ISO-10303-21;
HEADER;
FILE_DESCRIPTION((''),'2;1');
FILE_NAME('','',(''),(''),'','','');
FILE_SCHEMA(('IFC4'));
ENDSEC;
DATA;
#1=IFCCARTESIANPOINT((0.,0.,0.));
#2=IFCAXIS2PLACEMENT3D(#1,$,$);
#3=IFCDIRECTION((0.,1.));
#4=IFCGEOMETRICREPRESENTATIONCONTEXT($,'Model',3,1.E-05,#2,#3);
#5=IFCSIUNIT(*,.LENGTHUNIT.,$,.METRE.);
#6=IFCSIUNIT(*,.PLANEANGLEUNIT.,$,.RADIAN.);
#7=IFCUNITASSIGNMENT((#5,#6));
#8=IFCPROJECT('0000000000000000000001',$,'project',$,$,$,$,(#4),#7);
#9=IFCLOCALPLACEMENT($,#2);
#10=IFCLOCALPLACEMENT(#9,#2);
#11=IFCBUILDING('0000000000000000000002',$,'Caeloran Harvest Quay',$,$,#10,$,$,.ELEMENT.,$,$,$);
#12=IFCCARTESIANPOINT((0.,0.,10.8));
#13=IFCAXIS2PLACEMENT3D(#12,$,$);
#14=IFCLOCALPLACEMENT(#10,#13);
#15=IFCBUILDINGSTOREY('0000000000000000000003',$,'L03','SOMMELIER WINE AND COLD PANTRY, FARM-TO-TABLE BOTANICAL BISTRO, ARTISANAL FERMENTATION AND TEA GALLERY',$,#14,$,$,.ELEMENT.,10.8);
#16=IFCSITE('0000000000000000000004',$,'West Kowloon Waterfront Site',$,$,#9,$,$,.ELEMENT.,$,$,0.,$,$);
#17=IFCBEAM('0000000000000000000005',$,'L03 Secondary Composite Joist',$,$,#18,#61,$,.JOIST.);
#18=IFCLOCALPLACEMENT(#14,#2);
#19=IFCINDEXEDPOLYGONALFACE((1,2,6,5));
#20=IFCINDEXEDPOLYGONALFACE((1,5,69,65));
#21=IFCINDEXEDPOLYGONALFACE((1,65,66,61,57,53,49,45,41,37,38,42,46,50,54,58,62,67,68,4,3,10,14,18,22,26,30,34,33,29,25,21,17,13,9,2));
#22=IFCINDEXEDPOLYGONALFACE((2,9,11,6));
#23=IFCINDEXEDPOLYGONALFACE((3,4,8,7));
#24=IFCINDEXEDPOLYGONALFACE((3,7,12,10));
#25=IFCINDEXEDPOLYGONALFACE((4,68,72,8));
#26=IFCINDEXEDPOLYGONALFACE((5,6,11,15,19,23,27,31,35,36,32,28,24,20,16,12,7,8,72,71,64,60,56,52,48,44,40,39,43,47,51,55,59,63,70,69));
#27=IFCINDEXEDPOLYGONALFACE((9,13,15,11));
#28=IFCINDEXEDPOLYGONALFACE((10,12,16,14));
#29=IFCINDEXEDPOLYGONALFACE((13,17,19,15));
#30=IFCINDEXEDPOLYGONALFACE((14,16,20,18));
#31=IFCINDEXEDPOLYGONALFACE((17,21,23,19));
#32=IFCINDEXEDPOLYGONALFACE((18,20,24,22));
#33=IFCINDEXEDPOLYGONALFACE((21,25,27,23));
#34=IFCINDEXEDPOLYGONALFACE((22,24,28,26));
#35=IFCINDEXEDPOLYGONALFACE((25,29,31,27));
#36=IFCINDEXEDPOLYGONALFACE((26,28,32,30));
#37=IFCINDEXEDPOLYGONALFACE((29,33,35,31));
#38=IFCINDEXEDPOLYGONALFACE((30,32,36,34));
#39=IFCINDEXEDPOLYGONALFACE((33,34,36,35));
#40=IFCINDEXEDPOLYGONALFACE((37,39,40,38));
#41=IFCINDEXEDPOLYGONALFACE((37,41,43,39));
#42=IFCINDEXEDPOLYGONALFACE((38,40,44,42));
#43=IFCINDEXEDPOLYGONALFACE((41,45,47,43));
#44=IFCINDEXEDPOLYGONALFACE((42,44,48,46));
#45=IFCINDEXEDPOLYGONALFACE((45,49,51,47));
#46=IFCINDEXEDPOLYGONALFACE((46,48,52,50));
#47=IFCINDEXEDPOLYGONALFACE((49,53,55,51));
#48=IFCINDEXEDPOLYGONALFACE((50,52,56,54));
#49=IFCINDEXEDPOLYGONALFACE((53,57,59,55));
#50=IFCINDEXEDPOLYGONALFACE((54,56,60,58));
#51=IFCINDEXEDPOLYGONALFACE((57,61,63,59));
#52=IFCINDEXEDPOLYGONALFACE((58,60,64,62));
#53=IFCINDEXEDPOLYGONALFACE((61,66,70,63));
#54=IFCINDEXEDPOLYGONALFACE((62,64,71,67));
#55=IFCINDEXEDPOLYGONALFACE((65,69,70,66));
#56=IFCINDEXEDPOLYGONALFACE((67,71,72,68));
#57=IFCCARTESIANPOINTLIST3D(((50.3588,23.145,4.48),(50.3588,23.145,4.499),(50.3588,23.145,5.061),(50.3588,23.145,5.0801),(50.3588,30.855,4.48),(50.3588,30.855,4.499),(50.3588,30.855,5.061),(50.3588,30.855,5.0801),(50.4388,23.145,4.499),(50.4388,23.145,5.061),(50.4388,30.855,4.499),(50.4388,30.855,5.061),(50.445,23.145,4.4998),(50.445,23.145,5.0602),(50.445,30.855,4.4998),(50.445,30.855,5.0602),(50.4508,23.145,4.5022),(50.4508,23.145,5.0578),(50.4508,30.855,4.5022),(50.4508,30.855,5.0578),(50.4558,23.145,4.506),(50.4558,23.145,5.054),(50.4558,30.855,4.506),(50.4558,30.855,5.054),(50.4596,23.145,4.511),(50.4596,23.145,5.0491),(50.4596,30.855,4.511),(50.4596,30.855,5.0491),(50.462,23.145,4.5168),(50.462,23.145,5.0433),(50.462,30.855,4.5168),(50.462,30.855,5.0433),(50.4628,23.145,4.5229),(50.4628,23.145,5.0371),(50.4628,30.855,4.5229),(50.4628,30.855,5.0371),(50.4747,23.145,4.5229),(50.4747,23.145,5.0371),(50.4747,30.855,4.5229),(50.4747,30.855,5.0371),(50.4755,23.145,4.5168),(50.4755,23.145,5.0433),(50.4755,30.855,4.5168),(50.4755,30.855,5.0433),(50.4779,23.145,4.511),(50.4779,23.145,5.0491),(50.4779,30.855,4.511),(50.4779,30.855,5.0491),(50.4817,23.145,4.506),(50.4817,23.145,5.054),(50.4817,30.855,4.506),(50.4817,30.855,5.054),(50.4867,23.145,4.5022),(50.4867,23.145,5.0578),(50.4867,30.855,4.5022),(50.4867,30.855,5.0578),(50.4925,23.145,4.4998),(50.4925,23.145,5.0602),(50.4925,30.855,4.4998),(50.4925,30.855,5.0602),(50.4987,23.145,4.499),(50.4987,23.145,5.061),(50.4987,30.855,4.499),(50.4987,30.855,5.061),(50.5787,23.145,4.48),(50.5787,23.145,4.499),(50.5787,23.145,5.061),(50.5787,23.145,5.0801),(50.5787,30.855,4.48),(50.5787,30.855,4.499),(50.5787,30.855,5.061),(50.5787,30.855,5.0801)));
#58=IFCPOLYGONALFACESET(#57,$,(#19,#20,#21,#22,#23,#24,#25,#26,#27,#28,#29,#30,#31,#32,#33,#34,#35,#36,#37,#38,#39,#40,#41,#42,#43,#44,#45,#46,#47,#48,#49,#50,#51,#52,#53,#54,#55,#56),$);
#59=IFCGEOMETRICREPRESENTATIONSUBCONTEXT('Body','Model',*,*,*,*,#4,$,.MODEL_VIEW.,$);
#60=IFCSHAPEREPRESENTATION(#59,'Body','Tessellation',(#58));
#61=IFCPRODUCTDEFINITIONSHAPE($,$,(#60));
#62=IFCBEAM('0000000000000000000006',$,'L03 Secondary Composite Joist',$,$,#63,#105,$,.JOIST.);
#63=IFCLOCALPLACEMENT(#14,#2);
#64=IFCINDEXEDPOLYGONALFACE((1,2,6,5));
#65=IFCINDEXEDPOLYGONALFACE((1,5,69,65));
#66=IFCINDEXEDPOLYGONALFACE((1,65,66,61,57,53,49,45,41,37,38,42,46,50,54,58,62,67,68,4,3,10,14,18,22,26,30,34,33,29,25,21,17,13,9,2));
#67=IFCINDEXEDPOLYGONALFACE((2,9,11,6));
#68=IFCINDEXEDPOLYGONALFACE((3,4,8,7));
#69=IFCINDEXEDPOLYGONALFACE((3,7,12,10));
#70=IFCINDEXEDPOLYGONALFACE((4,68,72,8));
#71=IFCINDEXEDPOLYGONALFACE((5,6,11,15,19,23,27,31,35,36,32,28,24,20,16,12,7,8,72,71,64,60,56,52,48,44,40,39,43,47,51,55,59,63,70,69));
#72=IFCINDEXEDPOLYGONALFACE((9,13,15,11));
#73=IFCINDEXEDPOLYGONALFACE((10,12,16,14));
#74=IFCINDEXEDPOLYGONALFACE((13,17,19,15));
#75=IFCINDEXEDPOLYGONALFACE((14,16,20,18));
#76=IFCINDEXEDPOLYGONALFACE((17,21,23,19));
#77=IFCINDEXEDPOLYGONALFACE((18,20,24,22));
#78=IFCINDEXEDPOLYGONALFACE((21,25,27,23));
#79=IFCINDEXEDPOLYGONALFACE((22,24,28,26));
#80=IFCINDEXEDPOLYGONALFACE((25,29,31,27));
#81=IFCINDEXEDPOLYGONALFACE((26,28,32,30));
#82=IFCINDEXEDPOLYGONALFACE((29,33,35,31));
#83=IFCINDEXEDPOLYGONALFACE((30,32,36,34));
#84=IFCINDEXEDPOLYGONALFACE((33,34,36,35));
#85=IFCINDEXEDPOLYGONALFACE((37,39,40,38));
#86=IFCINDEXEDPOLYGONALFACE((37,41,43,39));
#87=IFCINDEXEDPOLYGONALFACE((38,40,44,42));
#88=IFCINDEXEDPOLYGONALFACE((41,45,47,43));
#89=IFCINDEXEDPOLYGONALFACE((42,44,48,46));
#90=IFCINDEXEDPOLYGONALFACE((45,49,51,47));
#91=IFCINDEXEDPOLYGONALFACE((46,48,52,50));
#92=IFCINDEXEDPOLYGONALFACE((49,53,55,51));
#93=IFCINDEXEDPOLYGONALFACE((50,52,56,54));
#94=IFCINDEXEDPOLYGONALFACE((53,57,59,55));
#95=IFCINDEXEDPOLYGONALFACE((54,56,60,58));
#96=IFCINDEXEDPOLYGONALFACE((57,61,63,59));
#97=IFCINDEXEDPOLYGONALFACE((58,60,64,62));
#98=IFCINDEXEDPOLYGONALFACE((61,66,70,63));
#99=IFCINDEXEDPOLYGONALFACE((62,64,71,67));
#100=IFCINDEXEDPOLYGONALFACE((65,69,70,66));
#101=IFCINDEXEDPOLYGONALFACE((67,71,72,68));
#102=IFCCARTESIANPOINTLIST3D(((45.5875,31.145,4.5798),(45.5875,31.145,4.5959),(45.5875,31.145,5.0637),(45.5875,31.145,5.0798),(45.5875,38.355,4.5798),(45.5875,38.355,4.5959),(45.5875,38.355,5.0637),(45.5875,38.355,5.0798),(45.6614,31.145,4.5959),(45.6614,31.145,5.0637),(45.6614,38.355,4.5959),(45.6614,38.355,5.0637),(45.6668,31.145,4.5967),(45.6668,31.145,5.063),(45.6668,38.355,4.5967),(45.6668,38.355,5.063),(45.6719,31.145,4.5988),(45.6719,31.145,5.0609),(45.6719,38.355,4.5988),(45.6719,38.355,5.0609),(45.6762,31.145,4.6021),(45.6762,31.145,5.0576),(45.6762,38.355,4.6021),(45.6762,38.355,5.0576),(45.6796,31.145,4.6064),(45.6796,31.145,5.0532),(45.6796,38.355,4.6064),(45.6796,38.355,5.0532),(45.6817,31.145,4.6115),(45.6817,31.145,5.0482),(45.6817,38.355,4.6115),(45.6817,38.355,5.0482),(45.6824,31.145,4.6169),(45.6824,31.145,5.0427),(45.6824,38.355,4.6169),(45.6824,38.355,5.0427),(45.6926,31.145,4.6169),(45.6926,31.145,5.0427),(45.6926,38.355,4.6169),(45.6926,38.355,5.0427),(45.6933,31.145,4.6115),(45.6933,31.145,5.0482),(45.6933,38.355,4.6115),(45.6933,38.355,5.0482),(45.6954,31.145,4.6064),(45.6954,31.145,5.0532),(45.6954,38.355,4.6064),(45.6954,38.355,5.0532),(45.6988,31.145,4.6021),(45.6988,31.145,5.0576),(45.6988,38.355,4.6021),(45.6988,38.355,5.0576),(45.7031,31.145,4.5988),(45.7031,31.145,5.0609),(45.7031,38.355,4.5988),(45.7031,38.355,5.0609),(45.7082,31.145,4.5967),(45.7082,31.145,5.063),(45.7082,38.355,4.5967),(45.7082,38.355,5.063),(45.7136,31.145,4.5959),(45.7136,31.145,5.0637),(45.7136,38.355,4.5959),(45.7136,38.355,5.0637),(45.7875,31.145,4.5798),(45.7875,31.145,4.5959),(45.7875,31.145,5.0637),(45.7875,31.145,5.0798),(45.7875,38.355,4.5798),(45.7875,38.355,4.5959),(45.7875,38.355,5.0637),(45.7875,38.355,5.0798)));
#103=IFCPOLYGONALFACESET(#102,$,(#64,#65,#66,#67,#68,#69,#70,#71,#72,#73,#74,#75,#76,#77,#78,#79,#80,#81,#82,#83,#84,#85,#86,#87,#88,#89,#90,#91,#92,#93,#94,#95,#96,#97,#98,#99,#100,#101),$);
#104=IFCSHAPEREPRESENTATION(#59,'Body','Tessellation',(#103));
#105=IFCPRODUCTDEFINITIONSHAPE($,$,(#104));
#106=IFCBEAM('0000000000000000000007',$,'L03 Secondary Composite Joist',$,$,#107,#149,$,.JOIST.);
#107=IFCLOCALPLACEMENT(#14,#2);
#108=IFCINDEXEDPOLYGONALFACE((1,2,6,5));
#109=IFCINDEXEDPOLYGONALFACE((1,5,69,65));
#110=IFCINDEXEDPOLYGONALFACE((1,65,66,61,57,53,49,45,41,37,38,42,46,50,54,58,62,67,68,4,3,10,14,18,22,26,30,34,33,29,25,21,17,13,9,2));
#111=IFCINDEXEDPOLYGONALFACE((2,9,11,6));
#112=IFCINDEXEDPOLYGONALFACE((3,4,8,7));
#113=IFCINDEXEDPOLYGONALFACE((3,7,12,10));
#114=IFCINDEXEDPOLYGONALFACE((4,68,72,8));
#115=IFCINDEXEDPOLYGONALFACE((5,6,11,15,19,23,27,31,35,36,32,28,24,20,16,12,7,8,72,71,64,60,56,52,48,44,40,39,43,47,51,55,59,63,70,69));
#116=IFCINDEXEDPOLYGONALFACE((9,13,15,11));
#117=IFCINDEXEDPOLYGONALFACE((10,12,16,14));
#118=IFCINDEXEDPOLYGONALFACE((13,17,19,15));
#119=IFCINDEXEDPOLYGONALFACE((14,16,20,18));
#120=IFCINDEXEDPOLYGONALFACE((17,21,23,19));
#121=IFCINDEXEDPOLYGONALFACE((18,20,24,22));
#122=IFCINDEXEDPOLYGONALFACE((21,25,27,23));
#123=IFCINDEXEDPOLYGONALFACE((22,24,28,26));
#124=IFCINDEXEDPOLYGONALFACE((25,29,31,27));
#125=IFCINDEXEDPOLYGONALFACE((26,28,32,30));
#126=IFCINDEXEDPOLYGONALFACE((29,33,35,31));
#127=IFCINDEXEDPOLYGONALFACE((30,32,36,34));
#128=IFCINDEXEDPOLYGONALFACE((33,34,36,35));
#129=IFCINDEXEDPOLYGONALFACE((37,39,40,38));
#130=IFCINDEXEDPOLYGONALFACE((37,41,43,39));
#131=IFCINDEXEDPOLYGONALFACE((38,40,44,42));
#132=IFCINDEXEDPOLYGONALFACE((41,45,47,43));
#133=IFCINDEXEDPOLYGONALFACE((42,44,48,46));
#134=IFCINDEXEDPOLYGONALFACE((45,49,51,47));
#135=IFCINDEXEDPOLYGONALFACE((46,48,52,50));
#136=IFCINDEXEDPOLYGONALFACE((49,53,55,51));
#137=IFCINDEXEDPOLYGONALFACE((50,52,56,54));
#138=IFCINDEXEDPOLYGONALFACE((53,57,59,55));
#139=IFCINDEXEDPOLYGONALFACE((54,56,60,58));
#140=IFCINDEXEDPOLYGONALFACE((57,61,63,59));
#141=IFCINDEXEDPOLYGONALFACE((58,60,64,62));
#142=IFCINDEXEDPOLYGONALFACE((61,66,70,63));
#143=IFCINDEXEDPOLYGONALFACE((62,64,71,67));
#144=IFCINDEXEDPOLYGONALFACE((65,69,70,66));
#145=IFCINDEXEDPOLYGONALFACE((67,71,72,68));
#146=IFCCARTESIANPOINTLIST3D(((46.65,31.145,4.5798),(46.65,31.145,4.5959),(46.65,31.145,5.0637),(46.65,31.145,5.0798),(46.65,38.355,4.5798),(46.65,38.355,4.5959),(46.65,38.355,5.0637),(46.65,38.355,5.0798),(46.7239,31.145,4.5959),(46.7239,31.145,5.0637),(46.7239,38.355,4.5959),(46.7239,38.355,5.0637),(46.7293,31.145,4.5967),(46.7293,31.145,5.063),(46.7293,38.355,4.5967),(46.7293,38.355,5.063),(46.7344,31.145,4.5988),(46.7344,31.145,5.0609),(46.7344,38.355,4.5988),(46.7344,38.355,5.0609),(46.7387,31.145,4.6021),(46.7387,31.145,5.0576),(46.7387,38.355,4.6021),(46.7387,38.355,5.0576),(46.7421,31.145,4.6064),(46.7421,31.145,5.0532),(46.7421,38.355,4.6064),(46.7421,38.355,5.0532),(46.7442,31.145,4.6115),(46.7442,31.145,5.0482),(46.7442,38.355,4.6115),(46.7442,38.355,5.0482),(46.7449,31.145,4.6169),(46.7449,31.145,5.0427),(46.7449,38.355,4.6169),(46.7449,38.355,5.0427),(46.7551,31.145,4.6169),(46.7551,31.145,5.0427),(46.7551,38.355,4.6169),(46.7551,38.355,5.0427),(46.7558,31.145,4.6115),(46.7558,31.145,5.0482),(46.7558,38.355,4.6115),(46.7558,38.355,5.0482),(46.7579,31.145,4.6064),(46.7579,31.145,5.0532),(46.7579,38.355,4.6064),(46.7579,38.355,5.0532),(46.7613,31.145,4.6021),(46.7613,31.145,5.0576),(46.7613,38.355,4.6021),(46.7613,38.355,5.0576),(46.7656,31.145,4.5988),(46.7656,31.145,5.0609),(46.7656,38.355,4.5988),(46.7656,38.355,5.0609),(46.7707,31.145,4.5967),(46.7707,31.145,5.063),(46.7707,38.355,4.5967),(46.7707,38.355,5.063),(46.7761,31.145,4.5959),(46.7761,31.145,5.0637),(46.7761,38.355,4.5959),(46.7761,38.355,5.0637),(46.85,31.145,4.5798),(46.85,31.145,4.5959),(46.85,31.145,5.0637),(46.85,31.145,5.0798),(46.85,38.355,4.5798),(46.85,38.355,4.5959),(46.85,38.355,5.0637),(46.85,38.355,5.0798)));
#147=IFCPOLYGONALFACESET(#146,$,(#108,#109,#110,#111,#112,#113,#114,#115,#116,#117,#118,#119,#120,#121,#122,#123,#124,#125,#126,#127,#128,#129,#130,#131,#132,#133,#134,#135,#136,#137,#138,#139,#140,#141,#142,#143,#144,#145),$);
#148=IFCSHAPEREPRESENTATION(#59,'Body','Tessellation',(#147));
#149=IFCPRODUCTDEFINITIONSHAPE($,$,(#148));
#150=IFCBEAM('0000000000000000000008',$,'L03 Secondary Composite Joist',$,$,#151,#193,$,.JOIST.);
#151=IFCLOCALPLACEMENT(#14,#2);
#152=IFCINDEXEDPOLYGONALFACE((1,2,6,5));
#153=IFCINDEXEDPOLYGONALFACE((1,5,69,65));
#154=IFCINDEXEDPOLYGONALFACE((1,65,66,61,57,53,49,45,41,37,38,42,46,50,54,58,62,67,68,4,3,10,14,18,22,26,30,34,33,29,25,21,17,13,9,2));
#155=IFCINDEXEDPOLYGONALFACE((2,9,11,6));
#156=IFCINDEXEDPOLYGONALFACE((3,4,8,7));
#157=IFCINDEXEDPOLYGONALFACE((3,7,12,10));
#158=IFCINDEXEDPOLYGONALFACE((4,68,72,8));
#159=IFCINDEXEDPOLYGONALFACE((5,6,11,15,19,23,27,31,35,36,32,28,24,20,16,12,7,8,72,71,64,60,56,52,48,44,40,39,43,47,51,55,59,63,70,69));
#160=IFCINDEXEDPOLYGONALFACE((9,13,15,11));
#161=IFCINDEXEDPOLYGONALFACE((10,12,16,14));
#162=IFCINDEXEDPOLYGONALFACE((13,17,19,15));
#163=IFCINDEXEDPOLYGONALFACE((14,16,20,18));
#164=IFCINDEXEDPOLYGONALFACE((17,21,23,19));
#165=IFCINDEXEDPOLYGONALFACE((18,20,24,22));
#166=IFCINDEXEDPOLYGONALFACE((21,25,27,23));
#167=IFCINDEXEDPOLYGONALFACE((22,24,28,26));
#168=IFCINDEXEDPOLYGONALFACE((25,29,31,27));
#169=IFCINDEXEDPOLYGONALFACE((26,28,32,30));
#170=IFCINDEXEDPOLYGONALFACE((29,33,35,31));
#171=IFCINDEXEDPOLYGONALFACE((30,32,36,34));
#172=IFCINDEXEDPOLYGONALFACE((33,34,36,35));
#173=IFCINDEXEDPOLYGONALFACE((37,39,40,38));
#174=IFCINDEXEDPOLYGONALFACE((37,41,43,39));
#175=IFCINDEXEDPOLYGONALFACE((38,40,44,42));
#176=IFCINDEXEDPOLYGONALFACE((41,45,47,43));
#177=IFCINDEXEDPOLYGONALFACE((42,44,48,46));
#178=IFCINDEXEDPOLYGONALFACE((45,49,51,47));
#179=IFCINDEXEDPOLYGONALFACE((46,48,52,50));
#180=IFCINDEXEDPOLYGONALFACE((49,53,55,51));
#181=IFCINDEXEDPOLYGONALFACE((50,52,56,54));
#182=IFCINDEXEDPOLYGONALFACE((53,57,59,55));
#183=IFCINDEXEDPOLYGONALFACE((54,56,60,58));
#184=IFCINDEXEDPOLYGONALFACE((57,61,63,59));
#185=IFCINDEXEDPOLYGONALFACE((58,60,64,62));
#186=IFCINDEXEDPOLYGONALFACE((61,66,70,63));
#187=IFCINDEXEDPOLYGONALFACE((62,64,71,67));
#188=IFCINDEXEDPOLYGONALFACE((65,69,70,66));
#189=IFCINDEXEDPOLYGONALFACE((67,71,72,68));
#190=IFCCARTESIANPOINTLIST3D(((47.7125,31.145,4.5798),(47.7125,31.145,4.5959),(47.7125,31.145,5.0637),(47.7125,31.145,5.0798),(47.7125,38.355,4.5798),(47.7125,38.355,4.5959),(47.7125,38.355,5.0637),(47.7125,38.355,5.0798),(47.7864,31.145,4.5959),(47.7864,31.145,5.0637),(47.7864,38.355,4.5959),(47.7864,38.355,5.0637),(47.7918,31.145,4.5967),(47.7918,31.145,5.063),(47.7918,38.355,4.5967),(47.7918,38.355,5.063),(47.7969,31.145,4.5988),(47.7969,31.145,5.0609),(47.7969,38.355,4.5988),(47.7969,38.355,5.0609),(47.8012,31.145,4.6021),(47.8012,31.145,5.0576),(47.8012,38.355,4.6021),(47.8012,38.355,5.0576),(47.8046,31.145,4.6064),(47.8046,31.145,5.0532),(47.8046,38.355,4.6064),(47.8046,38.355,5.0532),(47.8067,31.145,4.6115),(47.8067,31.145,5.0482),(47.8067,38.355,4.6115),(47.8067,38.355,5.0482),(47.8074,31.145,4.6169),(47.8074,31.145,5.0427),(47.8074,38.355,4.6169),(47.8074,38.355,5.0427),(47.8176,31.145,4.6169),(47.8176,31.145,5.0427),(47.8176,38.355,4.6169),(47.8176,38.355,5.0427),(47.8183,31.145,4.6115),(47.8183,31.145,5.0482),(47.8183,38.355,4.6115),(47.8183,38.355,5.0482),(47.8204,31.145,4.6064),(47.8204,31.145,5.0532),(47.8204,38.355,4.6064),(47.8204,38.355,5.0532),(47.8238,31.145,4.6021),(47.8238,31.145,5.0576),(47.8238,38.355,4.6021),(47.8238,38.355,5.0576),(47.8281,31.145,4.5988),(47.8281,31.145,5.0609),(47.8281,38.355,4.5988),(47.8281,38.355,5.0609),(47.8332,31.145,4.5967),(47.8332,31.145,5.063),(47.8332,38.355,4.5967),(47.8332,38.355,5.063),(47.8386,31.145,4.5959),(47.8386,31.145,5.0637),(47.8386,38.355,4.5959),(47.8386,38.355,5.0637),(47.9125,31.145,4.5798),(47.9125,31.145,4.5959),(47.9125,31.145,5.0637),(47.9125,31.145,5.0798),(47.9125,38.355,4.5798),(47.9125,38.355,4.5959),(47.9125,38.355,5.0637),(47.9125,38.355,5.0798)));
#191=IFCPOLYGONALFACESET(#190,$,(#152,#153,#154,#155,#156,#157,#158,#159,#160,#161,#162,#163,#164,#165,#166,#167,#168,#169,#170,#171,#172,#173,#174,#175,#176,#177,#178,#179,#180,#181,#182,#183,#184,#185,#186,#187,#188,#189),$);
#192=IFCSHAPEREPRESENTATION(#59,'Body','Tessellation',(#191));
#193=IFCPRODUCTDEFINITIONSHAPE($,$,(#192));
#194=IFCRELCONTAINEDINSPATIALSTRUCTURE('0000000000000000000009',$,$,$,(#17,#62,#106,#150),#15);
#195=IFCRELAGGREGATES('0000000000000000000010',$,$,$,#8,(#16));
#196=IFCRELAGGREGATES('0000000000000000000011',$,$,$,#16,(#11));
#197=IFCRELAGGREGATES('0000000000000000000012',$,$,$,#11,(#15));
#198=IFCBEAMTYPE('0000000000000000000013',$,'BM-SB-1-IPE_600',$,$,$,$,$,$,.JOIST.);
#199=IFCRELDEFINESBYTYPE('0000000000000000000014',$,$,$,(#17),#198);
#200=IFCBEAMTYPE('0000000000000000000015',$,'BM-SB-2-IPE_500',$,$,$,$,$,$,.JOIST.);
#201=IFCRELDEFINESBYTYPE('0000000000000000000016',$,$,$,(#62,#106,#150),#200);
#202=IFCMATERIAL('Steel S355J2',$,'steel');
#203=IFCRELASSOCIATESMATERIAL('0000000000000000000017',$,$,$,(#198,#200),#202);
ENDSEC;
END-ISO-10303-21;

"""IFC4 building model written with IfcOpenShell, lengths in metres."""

from ifc_helpers import new_model, si_unit, direction, frame, origin, origin_2d, place, context, subcontext, project, spatial, i_section, extrude, material, material_profile, profile_set, type_object, element, save


model = new_model("IFC4")

# Units and contexts
model_context = context("Model", 3, precision=1e-05, world=origin(), true_north=direction((0.0, 1.0)))
body_context = subcontext(model_context, "Body", "Model", "MODEL_VIEW")
ifc_project = project(units=[si_unit("LENGTHUNIT", "METRE"), si_unit("PLANEANGLEUNIT", "RADIAN")], contexts=[model_context])

# Site, building, storey
site_placement = place(None, origin())
site = spatial("IfcSite", under=ifc_project, at=site_placement, Name="West Kowloon Waterfront Site", CompositionType="ELEMENT", RefElevation=0.0)
building_placement = place(site_placement, origin())
building = spatial("IfcBuilding", under=site, at=building_placement, Name="Caeloran Harvest Quay", CompositionType="ELEMENT")
storey_placement = place(building_placement, frame((0.0, 0.0, 10.8)))
storey = spatial("IfcBuildingStorey", under=building, at=storey_placement, Name="L03", Description="SOMMELIER WINE AND COLD PANTRY, FARM-TO-TABLE BOTANICAL BISTRO, ARTISANAL FERMENTATION AND TEA GALLERY", CompositionType="ELEMENT", Elevation=10.8)

# Beams
ifc_material_1 = material(Name="Steel S355J2", Category="steel")
ifc_material_profile_1 = material_profile(ifc_material_1, i_section(OverallWidth=0.22, OverallDepth=0.6001, WebThickness=0.012, FlangeThickness=0.019, FilletRadius=0.0239, at=origin_2d()), Name="IPE 600")
ifc_profile_set_1 = profile_set([ifc_material_profile_1], Name="Steel S355J2")
beam_type_1 = type_object("IfcBeamType", Name="BM-SB-1-IPE_600", PredefinedType="JOIST", material=ifc_profile_set_1)
for number, where, z_axis, x_axis, name in (
    (1, (50.4688, 23.145, 4.78), (0.0, 1.0, 0.0), (-1.0, 0.0, 0.0), "L03 Secondary Composite Joist"),
):
    element("IfcBeam", number, at=place(storey_placement, frame(where, z_axis=z_axis, x_axis=x_axis)), inside=storey, type_object=beam_type_1, Name=name, PredefinedType="JOIST", context=body_context, shape_type="SweptSolid", body=[
        extrude(i_section(OverallWidth=0.22, OverallDepth=0.6001, WebThickness=0.012, FlangeThickness=0.019, FilletRadius=0.0239, at=origin_2d()), origin(), (0.0, 0.0, 1.0), 7.71),
    ])
ifc_material_profile_2 = material_profile(ifc_material_1, i_section(OverallWidth=0.2, OverallDepth=0.5, WebThickness=0.0103, FlangeThickness=0.0161, FilletRadius=0.021, at=origin_2d()), Name="IPE 500")
ifc_profile_set_2 = profile_set([ifc_material_profile_2], Name="Steel S355J2")
beam_type_2 = type_object("IfcBeamType", Name="BM-SB-2-IPE_500", PredefinedType="JOIST", material=ifc_profile_set_2)
for number, where, z_axis, x_axis, name in (
    (2, (45.6875, 31.145, 4.8298), (0.0, 1.0, 0.0), (-1.0, 0.0, 0.0), "L03 Secondary Composite Joist"),
    (3, (46.75, 31.145, 4.8298), (0.0, 1.0, 0.0), (-1.0, 0.0, 0.0), "L03 Secondary Composite Joist"),
    (4, (47.8125, 31.145, 4.8298), (0.0, 1.0, 0.0), (-1.0, 0.0, 0.0), "L03 Secondary Composite Joist"),
):
    element("IfcBeam", number, at=place(storey_placement, frame(where, z_axis=z_axis, x_axis=x_axis)), inside=storey, type_object=beam_type_2, Name=name, PredefinedType="JOIST", context=body_context, shape_type="SweptSolid", body=[
        extrude(i_section(OverallWidth=0.2, OverallDepth=0.5, WebThickness=0.0103, FlangeThickness=0.0161, FilletRadius=0.021, at=origin_2d()), origin(), (0.0, 0.0, 1.0), 7.21),
    ])

save(model, "model.ifc")
